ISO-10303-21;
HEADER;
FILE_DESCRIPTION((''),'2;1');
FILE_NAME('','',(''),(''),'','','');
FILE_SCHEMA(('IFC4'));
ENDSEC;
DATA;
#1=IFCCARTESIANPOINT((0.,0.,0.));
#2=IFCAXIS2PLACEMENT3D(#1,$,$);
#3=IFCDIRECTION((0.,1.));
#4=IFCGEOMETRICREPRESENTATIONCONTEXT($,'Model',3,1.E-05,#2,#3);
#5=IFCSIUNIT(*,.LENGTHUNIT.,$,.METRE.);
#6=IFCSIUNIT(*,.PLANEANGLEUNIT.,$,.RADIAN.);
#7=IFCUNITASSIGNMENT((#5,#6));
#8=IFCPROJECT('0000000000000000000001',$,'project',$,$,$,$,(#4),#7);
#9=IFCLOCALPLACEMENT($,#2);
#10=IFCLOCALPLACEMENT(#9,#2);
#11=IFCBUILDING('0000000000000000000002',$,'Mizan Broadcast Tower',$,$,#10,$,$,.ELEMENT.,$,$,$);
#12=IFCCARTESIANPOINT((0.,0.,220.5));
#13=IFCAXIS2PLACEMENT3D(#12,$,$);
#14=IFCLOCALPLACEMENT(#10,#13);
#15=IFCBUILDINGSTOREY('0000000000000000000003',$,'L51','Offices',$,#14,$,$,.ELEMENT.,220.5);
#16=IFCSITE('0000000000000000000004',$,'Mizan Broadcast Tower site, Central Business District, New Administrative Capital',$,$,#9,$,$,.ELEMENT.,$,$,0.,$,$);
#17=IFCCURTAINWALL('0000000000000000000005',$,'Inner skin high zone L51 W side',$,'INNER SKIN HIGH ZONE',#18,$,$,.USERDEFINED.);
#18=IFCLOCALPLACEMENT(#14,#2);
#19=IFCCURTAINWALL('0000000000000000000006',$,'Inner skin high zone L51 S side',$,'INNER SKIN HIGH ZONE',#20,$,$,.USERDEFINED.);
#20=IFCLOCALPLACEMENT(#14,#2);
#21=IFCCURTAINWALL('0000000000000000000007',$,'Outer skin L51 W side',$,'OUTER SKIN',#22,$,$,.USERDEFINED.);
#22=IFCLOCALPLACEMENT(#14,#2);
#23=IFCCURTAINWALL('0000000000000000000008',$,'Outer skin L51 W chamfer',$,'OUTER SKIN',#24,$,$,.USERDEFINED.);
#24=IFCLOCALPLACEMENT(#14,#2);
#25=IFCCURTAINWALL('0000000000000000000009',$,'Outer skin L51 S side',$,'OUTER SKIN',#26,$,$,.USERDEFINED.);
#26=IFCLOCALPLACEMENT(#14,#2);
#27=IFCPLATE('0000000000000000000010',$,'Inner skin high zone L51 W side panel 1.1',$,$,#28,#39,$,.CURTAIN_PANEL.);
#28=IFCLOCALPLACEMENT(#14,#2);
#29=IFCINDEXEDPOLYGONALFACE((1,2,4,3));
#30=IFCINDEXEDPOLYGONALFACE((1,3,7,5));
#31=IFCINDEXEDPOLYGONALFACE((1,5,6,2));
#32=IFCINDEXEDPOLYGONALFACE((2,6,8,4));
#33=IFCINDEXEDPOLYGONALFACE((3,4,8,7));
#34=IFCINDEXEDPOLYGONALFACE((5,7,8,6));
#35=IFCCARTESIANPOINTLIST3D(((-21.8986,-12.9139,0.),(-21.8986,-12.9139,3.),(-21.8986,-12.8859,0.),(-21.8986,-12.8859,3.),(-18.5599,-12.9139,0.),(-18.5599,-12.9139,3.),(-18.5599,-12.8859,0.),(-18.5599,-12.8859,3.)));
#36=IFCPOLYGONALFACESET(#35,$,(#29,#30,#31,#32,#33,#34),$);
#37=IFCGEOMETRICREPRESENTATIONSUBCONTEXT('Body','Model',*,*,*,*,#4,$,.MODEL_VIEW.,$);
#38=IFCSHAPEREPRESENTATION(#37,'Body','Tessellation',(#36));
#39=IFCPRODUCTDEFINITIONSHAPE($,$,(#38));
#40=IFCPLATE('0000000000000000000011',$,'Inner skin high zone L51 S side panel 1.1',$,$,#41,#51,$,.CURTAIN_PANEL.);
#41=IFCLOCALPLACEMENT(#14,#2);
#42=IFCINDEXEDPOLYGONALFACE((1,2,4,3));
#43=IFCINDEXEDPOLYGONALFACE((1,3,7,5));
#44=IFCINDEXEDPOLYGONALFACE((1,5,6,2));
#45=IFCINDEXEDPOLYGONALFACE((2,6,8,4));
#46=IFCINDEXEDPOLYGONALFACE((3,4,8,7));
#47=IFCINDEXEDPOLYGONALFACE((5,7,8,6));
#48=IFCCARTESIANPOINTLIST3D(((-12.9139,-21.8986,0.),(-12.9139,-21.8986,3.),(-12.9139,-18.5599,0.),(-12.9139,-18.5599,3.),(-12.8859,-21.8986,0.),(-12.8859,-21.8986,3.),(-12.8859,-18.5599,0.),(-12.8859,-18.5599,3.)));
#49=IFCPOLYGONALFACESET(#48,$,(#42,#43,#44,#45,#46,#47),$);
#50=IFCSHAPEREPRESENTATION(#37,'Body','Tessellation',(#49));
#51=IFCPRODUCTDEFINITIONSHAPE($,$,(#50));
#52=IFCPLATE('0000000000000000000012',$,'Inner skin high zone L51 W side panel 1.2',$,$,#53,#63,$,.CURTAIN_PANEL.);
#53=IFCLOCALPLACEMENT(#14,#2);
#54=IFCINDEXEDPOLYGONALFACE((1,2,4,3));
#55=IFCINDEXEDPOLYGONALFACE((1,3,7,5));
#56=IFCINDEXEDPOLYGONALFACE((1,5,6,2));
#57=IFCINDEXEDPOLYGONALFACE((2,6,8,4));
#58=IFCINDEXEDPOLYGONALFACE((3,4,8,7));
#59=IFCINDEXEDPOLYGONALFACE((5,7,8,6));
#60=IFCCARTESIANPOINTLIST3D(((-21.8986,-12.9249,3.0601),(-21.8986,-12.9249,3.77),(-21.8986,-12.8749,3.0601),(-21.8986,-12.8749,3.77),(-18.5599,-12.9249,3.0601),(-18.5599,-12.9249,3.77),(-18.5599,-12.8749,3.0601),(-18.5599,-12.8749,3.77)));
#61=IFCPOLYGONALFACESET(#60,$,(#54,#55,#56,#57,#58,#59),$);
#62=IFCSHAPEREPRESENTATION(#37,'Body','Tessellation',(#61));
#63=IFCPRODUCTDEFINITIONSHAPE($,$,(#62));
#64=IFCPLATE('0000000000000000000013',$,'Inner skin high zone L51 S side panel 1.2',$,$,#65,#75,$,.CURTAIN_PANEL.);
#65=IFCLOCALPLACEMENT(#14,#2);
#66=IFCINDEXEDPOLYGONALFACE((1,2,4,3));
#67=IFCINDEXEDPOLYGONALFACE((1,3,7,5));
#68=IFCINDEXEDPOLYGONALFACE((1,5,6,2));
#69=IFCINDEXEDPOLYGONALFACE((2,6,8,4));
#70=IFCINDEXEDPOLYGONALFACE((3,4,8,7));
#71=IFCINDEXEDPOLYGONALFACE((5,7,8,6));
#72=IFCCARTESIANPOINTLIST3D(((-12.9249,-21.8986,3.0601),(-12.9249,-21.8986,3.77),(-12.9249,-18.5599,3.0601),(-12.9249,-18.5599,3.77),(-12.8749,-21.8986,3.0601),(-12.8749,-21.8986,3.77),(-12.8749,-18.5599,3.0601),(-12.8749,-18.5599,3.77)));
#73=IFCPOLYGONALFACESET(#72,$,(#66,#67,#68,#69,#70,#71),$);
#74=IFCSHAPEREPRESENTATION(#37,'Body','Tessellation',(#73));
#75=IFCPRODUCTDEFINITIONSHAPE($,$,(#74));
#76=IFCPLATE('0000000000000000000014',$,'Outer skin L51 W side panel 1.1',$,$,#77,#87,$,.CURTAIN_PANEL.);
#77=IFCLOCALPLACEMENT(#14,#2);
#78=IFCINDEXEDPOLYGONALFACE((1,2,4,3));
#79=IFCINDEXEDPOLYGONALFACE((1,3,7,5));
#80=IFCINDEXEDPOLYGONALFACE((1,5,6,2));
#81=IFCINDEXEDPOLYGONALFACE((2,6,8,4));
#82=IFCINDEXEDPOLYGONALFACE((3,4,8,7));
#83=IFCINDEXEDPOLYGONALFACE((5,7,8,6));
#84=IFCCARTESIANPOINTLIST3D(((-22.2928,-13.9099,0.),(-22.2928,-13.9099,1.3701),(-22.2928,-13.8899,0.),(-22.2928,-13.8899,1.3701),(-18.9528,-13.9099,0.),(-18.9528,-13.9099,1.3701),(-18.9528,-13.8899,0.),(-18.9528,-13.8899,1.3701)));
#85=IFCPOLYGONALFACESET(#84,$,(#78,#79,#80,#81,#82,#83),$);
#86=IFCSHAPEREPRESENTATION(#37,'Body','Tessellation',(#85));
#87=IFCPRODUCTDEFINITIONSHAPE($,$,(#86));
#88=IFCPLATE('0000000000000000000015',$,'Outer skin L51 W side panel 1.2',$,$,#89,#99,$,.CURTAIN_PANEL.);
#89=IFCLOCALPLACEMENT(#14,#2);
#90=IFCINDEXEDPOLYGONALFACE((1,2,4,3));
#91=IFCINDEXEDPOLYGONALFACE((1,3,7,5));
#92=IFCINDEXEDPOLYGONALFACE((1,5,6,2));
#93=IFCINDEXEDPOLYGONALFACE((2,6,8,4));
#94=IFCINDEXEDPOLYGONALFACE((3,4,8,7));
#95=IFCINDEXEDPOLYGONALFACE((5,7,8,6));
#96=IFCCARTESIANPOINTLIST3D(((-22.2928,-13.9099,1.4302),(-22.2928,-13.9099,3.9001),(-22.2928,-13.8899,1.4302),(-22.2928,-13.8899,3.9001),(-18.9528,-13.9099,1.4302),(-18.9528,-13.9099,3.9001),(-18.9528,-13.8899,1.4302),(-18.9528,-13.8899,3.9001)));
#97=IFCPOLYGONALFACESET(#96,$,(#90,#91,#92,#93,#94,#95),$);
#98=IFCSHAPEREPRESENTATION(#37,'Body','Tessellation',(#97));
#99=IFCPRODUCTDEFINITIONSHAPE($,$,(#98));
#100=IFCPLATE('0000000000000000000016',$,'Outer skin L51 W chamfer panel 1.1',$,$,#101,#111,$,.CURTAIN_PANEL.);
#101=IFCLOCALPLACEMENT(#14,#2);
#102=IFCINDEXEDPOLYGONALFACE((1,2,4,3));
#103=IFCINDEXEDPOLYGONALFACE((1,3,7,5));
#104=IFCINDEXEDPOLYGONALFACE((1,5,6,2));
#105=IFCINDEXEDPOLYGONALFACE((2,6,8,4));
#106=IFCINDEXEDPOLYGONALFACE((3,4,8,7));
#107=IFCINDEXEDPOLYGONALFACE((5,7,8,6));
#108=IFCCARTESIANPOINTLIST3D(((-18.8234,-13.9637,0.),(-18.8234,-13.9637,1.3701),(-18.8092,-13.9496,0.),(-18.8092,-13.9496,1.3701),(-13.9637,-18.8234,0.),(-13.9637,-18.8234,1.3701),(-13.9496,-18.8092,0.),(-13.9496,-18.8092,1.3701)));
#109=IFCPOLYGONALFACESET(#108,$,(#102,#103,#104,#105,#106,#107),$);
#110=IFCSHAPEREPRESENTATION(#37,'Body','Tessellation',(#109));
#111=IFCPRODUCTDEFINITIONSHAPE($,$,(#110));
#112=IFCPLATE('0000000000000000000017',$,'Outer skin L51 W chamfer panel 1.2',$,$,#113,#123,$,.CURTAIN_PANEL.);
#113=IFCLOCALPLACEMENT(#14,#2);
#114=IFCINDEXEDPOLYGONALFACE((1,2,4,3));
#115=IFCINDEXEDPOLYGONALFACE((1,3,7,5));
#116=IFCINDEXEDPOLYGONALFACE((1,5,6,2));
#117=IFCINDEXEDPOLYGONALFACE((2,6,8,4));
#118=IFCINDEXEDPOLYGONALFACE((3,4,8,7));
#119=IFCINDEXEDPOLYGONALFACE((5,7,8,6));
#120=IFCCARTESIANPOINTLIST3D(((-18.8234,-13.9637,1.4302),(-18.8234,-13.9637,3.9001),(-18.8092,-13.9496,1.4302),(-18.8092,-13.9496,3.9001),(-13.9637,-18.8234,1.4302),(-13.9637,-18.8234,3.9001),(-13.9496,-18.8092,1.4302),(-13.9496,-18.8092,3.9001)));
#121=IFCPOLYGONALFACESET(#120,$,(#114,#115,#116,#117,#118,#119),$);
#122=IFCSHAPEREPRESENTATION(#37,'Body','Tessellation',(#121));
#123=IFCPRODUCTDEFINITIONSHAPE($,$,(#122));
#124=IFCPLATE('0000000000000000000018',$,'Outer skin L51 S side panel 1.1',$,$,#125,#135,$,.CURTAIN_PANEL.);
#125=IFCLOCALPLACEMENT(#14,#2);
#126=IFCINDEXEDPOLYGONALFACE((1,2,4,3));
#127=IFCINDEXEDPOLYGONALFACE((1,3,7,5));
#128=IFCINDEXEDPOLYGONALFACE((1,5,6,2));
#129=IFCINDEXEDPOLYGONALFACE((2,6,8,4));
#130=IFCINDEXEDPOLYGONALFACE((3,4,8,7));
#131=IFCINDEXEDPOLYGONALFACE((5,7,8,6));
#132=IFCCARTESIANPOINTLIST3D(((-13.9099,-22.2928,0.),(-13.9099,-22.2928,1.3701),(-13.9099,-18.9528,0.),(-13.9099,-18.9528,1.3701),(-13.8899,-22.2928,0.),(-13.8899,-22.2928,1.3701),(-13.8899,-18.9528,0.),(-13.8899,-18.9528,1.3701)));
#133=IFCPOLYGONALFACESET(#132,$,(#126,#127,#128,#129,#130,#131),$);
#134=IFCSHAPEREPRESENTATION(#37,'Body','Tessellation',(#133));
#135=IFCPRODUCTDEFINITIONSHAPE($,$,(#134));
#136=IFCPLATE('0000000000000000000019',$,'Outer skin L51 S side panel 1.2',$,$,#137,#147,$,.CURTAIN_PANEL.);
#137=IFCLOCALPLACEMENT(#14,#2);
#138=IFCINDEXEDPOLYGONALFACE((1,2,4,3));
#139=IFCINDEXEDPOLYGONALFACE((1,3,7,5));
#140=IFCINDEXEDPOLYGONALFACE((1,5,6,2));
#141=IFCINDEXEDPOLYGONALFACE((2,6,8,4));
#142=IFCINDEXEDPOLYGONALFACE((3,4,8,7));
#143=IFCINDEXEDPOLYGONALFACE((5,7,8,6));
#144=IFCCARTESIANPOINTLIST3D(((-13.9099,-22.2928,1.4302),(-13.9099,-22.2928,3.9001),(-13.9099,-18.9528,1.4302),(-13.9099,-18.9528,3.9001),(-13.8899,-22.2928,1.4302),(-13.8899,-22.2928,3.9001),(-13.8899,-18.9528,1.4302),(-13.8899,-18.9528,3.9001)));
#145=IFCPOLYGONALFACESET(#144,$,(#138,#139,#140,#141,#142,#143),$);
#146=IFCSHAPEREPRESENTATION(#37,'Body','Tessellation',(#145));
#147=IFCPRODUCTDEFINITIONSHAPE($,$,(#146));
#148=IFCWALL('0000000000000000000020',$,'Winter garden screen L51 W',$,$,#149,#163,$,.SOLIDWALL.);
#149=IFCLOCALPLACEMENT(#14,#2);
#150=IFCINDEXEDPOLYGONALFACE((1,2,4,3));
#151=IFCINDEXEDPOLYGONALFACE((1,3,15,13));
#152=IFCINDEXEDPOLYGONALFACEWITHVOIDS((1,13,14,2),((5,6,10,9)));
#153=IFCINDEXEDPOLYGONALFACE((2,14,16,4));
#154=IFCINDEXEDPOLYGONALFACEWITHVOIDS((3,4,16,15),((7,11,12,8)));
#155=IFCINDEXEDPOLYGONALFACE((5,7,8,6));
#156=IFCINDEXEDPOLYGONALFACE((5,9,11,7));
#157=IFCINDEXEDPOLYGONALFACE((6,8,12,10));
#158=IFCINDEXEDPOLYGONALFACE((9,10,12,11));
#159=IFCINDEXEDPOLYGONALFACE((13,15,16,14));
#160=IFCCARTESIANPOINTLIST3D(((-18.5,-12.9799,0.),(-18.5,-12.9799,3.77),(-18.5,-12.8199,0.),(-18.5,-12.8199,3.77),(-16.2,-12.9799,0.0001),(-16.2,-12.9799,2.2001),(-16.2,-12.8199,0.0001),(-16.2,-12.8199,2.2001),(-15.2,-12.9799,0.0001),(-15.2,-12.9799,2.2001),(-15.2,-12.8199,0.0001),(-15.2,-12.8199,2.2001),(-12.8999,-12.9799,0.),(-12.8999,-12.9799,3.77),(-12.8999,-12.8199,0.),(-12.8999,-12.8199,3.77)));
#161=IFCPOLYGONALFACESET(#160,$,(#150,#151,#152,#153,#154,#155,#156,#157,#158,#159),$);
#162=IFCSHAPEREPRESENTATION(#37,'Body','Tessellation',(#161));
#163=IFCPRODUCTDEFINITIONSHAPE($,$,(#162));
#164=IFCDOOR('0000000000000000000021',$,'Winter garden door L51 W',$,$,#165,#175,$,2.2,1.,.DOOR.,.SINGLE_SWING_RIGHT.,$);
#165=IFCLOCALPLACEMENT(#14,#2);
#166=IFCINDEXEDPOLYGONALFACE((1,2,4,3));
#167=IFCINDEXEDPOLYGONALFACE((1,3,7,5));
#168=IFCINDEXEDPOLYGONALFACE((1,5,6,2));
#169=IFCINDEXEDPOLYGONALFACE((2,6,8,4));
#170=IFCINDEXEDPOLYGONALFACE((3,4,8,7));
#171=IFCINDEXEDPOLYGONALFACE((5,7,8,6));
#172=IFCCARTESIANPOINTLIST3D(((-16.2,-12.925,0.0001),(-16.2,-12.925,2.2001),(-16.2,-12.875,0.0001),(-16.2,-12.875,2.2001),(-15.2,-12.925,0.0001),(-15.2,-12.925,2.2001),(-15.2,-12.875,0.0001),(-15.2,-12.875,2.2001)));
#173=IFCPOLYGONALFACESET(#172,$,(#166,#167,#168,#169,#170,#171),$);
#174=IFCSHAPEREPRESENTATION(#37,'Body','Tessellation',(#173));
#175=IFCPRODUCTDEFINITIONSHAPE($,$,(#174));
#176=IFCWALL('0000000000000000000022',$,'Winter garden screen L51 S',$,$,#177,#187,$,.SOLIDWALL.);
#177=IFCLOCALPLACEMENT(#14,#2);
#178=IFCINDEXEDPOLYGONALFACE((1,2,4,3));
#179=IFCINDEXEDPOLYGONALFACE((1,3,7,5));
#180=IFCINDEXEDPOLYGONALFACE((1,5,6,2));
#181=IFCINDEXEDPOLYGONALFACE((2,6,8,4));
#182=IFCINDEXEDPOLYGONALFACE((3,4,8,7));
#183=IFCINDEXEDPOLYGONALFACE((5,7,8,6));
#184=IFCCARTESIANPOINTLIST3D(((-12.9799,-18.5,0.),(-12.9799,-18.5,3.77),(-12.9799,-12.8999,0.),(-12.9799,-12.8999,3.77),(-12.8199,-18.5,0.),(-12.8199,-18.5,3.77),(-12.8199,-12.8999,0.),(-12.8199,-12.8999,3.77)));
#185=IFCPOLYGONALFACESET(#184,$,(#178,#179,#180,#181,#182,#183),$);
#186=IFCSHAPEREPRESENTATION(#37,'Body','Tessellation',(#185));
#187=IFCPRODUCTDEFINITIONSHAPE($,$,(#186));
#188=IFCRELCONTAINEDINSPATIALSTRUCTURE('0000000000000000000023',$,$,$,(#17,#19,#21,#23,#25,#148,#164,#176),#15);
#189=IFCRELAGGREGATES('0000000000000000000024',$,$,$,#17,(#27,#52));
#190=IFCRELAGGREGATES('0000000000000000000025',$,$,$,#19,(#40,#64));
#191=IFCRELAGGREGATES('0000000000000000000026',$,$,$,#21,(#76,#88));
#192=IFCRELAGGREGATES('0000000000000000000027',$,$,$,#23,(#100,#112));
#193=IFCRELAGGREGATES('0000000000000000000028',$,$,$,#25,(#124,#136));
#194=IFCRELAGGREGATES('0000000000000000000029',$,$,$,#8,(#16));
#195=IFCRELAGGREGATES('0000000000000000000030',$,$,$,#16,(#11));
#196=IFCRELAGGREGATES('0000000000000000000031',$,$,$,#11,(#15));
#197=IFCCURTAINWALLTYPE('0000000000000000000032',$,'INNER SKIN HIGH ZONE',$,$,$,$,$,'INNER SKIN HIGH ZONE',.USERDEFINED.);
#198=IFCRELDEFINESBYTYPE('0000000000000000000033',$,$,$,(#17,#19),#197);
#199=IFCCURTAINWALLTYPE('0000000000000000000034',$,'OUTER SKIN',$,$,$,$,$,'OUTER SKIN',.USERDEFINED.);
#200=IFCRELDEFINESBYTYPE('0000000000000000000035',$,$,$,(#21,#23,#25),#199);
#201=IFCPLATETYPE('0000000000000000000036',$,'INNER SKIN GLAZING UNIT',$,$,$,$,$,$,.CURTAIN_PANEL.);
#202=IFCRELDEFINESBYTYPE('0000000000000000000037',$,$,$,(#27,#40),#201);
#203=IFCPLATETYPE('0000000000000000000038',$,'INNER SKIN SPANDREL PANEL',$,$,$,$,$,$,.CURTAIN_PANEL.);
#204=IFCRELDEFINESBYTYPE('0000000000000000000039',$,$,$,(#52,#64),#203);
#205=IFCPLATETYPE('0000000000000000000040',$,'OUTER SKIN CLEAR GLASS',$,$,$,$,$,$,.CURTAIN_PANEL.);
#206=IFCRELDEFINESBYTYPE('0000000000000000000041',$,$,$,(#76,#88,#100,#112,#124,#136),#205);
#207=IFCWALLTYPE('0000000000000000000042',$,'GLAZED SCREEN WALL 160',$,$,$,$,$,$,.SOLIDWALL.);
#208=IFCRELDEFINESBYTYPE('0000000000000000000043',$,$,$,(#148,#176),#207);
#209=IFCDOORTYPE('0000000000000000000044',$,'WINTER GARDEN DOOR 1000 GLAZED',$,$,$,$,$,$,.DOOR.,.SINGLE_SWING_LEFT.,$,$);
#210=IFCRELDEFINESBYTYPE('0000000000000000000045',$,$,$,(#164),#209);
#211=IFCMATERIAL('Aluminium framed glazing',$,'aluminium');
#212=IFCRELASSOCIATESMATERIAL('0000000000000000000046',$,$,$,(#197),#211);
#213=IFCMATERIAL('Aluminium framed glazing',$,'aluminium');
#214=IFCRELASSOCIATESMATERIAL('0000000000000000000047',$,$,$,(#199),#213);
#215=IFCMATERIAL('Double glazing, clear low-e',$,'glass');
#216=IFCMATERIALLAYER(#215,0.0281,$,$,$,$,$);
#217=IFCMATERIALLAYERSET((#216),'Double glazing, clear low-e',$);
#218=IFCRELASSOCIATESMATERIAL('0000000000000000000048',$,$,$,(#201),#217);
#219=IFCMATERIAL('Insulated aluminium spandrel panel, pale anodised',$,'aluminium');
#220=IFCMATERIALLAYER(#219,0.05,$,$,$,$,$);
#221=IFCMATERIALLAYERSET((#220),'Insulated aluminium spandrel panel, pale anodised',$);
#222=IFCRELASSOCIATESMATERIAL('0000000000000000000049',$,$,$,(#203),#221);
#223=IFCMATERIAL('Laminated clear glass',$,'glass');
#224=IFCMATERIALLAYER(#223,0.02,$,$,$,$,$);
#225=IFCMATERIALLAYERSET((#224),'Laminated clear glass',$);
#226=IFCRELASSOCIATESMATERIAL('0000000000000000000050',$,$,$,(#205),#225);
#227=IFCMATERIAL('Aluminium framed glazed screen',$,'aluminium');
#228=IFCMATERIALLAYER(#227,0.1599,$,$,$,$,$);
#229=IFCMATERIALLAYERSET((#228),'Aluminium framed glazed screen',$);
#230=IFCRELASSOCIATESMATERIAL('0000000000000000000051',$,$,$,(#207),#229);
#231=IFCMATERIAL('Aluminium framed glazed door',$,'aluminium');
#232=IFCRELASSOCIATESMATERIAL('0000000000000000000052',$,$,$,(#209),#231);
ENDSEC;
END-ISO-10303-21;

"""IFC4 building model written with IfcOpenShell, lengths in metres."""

from ifc_helpers import new_model, si_unit, direction, frame, frame_2d, origin, origin_2d, place, context, subcontext, project, spatial, rectangle, extrude, material, layer, layer_set, type_object, element, fill, aggregate, save


model = new_model("IFC4")

# Units and contexts
model_context = context("Model", 3, precision=1e-05, world=origin(), true_north=direction((0.0, 1.0)))
body_context = subcontext(model_context, "Body", "Model", "MODEL_VIEW")
ifc_project = project(units=[si_unit("LENGTHUNIT", "METRE"), si_unit("PLANEANGLEUNIT", "RADIAN")], contexts=[model_context])

# Site, building, storey
site_placement = place(None, origin())
site = spatial("IfcSite", under=ifc_project, at=site_placement, Name="Mizan Broadcast Tower site, Central Business District, New Administrative Capital", CompositionType="ELEMENT", RefElevation=0.0)
building_placement = place(site_placement, origin())
building = spatial("IfcBuilding", under=site, at=building_placement, Name="Mizan Broadcast Tower", CompositionType="ELEMENT")
storey_placement = place(building_placement, frame((0.0, 0.0, 220.5)))
storey = spatial("IfcBuildingStorey", under=building, at=storey_placement, Name="L51", Description="Offices", CompositionType="ELEMENT", Elevation=220.5)

# Curtain walls
ifc_material_1 = material(Name="Aluminium framed glazing", Category="aluminium")
curtain_wall_type_1 = type_object("IfcCurtainWallType", Name="INNER SKIN HIGH ZONE", ElementType="INNER SKIN HIGH ZONE", PredefinedType="USERDEFINED", material=ifc_material_1)
curtain_wall_1_placement = place(storey_placement, origin())
curtain_wall_1 = element("IfcCurtainWall", 1, at=curtain_wall_1_placement, inside=storey, type_object=curtain_wall_type_1, Name="Inner skin high zone L51 W side", ObjectType="INNER SKIN HIGH ZONE", PredefinedType="USERDEFINED")
curtain_wall_2_placement = place(storey_placement, origin())
curtain_wall_2 = element("IfcCurtainWall", 2, at=curtain_wall_2_placement, inside=storey, type_object=curtain_wall_type_1, Name="Inner skin high zone L51 S side", ObjectType="INNER SKIN HIGH ZONE", PredefinedType="USERDEFINED")

# Curtain walls
ifc_material_2 = material(Name="Aluminium framed glazing", Category="aluminium")
curtain_wall_type_2 = type_object("IfcCurtainWallType", Name="OUTER SKIN", ElementType="OUTER SKIN", PredefinedType="USERDEFINED", material=ifc_material_2)
curtain_wall_3_placement = place(storey_placement, origin())
curtain_wall_3 = element("IfcCurtainWall", 3, at=curtain_wall_3_placement, inside=storey, type_object=curtain_wall_type_2, Name="Outer skin L51 W side", ObjectType="OUTER SKIN", PredefinedType="USERDEFINED")
curtain_wall_4_placement = place(storey_placement, origin())
curtain_wall_4 = element("IfcCurtainWall", 4, at=curtain_wall_4_placement, inside=storey, type_object=curtain_wall_type_2, Name="Outer skin L51 W chamfer", ObjectType="OUTER SKIN", PredefinedType="USERDEFINED")
curtain_wall_5_placement = place(storey_placement, origin())
curtain_wall_5 = element("IfcCurtainWall", 5, at=curtain_wall_5_placement, inside=storey, type_object=curtain_wall_type_2, Name="Outer skin L51 S side", ObjectType="OUTER SKIN", PredefinedType="USERDEFINED")

# Plates
ifc_material_3 = material(Name="Double glazing, clear low-e", Category="glass")
ifc_layer_1 = layer(ifc_material_3, 0.0281)
ifc_layer_set_1 = layer_set([ifc_layer_1], Name="Double glazing, clear low-e")
plate_type_1 = type_object("IfcPlateType", Name="INNER SKIN GLAZING UNIT", PredefinedType="CURTAIN_PANEL", material=ifc_layer_set_1)
plate_1_placement = place(storey_placement, frame((-20.2292, -12.8999, 0.0), z_axis=(0.0, 0.0, 1.0), x_axis=(1.0, 0.0, 0.0)))
plate_1 = element("IfcPlate", 6, at=plate_1_placement, type_object=plate_type_1, Name="Inner skin high zone L51 W side panel 1.1", PredefinedType="CURTAIN_PANEL", context=body_context, shape_type="SweptSolid", body=[
    extrude(rectangle(XDim=3.3386, YDim=0.0281, at=origin_2d()), origin(), (0.0, 0.0, 1.0), 3.0),
])
plate_2_placement = place(storey_placement, frame((-12.8999, -20.2292, 0.0), z_axis=(0.0, 0.0, 1.0), x_axis=(0.0, -1.0, 0.0)))
plate_2 = element("IfcPlate", 7, at=plate_2_placement, type_object=plate_type_1, Name="Inner skin high zone L51 S side panel 1.1", PredefinedType="CURTAIN_PANEL", context=body_context, shape_type="SweptSolid", body=[
    extrude(rectangle(XDim=3.3386, YDim=0.0281, at=origin_2d()), origin(), (0.0, 0.0, 1.0), 3.0),
])
ifc_material_4 = material(Name="Insulated aluminium spandrel panel, pale anodised", Category="aluminium")
ifc_layer_2 = layer(ifc_material_4, 0.05)
ifc_layer_set_2 = layer_set([ifc_layer_2], Name="Insulated aluminium spandrel panel, pale anodised")
plate_type_2 = type_object("IfcPlateType", Name="INNER SKIN SPANDREL PANEL", PredefinedType="CURTAIN_PANEL", material=ifc_layer_set_2)
plate_3_placement = place(storey_placement, frame((-20.2292, -12.8999, 3.0601), z_axis=(0.0, 0.0, 1.0), x_axis=(1.0, 0.0, 0.0)))
plate_3 = element("IfcPlate", 8, at=plate_3_placement, type_object=plate_type_2, Name="Inner skin high zone L51 W side panel 1.2", PredefinedType="CURTAIN_PANEL", context=body_context, shape_type="SweptSolid", body=[
    extrude(rectangle(XDim=3.3386, YDim=0.05, at=origin_2d()), origin(), (0.0, 0.0, 1.0), 0.71),
])
aggregate(curtain_wall_1, [plate_1, plate_3])
plate_4_placement = place(storey_placement, frame((-12.8999, -20.2292, 3.0601), z_axis=(0.0, 0.0, 1.0), x_axis=(0.0, -1.0, 0.0)))
plate_4 = element("IfcPlate", 9, at=plate_4_placement, type_object=plate_type_2, Name="Inner skin high zone L51 S side panel 1.2", PredefinedType="CURTAIN_PANEL", context=body_context, shape_type="SweptSolid", body=[
    extrude(rectangle(XDim=3.3386, YDim=0.05, at=origin_2d()), origin(), (0.0, 0.0, 1.0), 0.71),
])
aggregate(curtain_wall_2, [plate_2, plate_4])
ifc_material_5 = material(Name="Laminated clear glass", Category="glass")
ifc_layer_3 = layer(ifc_material_5, 0.02)
ifc_layer_set_3 = layer_set([ifc_layer_3], Name="Laminated clear glass")
plate_type_3 = type_object("IfcPlateType", Name="OUTER SKIN CLEAR GLASS", PredefinedType="CURTAIN_PANEL", material=ifc_layer_set_3)
plate_5_placement = place(storey_placement, frame((-20.6228, -13.8999, 0.0), z_axis=(0.0, 0.0, 1.0), x_axis=(1.0, 0.0, 0.0)))
plate_5 = element("IfcPlate", 10, at=plate_5_placement, type_object=plate_type_3, Name="Outer skin L51 W side panel 1.1", PredefinedType="CURTAIN_PANEL", context=body_context, shape_type="SweptSolid", body=[
    extrude(rectangle(XDim=3.3401, YDim=0.02, at=origin_2d()), origin(), (0.0, 0.0, 1.0), 1.3701),
])
plate_6_placement = place(storey_placement, frame((-20.6228, -13.8999, 1.4302), z_axis=(0.0, 0.0, 1.0), x_axis=(1.0, 0.0, 0.0)))
plate_6 = element("IfcPlate", 11, at=plate_6_placement, type_object=plate_type_3, Name="Outer skin L51 W side panel 1.2", PredefinedType="CURTAIN_PANEL", context=body_context, shape_type="SweptSolid", body=[
    extrude(rectangle(XDim=3.3401, YDim=0.02, at=origin_2d()), origin(), (0.0, 0.0, 1.0), 2.47),
])
aggregate(curtain_wall_3, [plate_5, plate_6])
plate_7_placement = place(storey_placement, frame((-16.3865, -16.3865, 0.0), z_axis=(0.0, 0.0, 1.0), x_axis=(0.707107, -0.707107, 0.0)))
plate_7 = element("IfcPlate", 12, at=plate_7_placement, type_object=plate_type_3, Name="Outer skin L51 W chamfer panel 1.1", PredefinedType="CURTAIN_PANEL", context=body_context, shape_type="SweptSolid", body=[
    extrude(rectangle(XDim=6.8726, YDim=0.02, at=origin_2d()), origin(), (0.0, 0.0, 1.0), 1.3701),
])
plate_8_placement = place(storey_placement, frame((-16.3865, -16.3865, 1.4302), z_axis=(0.0, 0.0, 1.0), x_axis=(0.707107, -0.707107, 0.0)))
plate_8 = element("IfcPlate", 13, at=plate_8_placement, type_object=plate_type_3, Name="Outer skin L51 W chamfer panel 1.2", PredefinedType="CURTAIN_PANEL", context=body_context, shape_type="SweptSolid", body=[
    extrude(rectangle(XDim=6.8726, YDim=0.02, at=origin_2d()), origin(), (0.0, 0.0, 1.0), 2.47),
])
aggregate(curtain_wall_4, [plate_7, plate_8])
plate_9_placement = place(storey_placement, frame((-13.8999, -20.6228, 0.0), z_axis=(0.0, 0.0, 1.0), x_axis=(0.0, -1.0, 0.0)))
plate_9 = element("IfcPlate", 14, at=plate_9_placement, type_object=plate_type_3, Name="Outer skin L51 S side panel 1.1", PredefinedType="CURTAIN_PANEL", context=body_context, shape_type="SweptSolid", body=[
    extrude(rectangle(XDim=3.3401, YDim=0.02, at=origin_2d()), origin(), (0.0, 0.0, 1.0), 1.3701),
])
plate_10_placement = place(storey_placement, frame((-13.8999, -20.6228, 1.4302), z_axis=(0.0, 0.0, 1.0), x_axis=(0.0, -1.0, 0.0)))
plate_10 = element("IfcPlate", 15, at=plate_10_placement, type_object=plate_type_3, Name="Outer skin L51 S side panel 1.2", PredefinedType="CURTAIN_PANEL", context=body_context, shape_type="SweptSolid", body=[
    extrude(rectangle(XDim=3.3401, YDim=0.02, at=origin_2d()), origin(), (0.0, 0.0, 1.0), 2.47),
])
aggregate(curtain_wall_5, [plate_9, plate_10])

# Wall, opening, door
ifc_material_6 = material(Name="Aluminium framed glazed screen", Category="aluminium")
ifc_layer_4 = layer(ifc_material_6, 0.1599)
ifc_layer_set_4 = layer_set([ifc_layer_4], Name="Aluminium framed glazed screen")
wall_type = type_object("IfcWallType", Name="GLAZED SCREEN WALL 160", PredefinedType="SOLIDWALL", material=ifc_layer_set_4)
wall_1_placement = place(storey_placement, frame((-18.5, -12.8999, 0.0), z_axis=(0.0, 0.0, 1.0), x_axis=(1.0, 0.0, 0.0)))
wall_1 = element("IfcWall", 16, at=wall_1_placement, inside=storey, type_object=wall_type, Name="Winter garden screen L51 W", PredefinedType="SOLIDWALL", context=body_context, shape_type="SweptSolid", body=[
    extrude(rectangle(XDim=5.6001, YDim=0.1599, at=frame_2d((2.8, 0.0))), origin(), (0.0, 0.0, 1.0), 3.77),
])
opening_placement = place(wall_1_placement, frame((2.3, 0.0, 0.0)))
opening = element("IfcOpeningElement", 17, at=opening_placement, cuts=wall_1, PredefinedType="OPENING", context=body_context, shape_type="SweptSolid", body=[
    extrude(rectangle(XDim=1.0, YDim=2.2, at=frame_2d((0.5, 1.1001))), frame((0.0, 0.0898, 0.0), z_axis=(0.0, -1.0, 0.0), x_axis=(1.0, 0.0, 0.0)), (0.0, 0.0, 1.0), 0.1799),
])
ifc_material_7 = material(Name="Aluminium framed glazed door", Category="aluminium")
door_type = type_object("IfcDoorType", Name="WINTER GARDEN DOOR 1000 GLAZED", OperationType="SINGLE_SWING_LEFT", PredefinedType="DOOR", material=ifc_material_7)
door_placement = place(opening_placement, origin())
door = element("IfcDoor", 18, at=door_placement, inside=storey, type_object=door_type, Name="Winter garden door L51 W", OperationType="SINGLE_SWING_RIGHT", OverallHeight=2.2, OverallWidth=1.0, PredefinedType="DOOR", context=body_context, shape_type="SweptSolid", body=[
    extrude(rectangle(XDim=1.0, YDim=2.2, at=frame_2d((0.5, 1.1001))), frame((0.0, 0.0249, 0.0), z_axis=(0.0, -1.0, 0.0), x_axis=(1.0, 0.0, 0.0)), (0.0, 0.0, 1.0), 0.05),
])
fill(opening, door)

# Wall
wall_2_placement = place(storey_placement, frame((-12.8999, -12.8999, 0.0), z_axis=(0.0, 0.0, 1.0), x_axis=(0.0, -1.0, 0.0)))
element("IfcWall", 19, at=wall_2_placement, inside=storey, type_object=wall_type, Name="Winter garden screen L51 S", PredefinedType="SOLIDWALL", context=body_context, shape_type="SweptSolid", body=[
    extrude(rectangle(XDim=5.6001, YDim=0.1599, at=frame_2d((2.8, 0.0))), origin(), (0.0, 0.0, 1.0), 3.77),
])

save(model, "model.ifc")
